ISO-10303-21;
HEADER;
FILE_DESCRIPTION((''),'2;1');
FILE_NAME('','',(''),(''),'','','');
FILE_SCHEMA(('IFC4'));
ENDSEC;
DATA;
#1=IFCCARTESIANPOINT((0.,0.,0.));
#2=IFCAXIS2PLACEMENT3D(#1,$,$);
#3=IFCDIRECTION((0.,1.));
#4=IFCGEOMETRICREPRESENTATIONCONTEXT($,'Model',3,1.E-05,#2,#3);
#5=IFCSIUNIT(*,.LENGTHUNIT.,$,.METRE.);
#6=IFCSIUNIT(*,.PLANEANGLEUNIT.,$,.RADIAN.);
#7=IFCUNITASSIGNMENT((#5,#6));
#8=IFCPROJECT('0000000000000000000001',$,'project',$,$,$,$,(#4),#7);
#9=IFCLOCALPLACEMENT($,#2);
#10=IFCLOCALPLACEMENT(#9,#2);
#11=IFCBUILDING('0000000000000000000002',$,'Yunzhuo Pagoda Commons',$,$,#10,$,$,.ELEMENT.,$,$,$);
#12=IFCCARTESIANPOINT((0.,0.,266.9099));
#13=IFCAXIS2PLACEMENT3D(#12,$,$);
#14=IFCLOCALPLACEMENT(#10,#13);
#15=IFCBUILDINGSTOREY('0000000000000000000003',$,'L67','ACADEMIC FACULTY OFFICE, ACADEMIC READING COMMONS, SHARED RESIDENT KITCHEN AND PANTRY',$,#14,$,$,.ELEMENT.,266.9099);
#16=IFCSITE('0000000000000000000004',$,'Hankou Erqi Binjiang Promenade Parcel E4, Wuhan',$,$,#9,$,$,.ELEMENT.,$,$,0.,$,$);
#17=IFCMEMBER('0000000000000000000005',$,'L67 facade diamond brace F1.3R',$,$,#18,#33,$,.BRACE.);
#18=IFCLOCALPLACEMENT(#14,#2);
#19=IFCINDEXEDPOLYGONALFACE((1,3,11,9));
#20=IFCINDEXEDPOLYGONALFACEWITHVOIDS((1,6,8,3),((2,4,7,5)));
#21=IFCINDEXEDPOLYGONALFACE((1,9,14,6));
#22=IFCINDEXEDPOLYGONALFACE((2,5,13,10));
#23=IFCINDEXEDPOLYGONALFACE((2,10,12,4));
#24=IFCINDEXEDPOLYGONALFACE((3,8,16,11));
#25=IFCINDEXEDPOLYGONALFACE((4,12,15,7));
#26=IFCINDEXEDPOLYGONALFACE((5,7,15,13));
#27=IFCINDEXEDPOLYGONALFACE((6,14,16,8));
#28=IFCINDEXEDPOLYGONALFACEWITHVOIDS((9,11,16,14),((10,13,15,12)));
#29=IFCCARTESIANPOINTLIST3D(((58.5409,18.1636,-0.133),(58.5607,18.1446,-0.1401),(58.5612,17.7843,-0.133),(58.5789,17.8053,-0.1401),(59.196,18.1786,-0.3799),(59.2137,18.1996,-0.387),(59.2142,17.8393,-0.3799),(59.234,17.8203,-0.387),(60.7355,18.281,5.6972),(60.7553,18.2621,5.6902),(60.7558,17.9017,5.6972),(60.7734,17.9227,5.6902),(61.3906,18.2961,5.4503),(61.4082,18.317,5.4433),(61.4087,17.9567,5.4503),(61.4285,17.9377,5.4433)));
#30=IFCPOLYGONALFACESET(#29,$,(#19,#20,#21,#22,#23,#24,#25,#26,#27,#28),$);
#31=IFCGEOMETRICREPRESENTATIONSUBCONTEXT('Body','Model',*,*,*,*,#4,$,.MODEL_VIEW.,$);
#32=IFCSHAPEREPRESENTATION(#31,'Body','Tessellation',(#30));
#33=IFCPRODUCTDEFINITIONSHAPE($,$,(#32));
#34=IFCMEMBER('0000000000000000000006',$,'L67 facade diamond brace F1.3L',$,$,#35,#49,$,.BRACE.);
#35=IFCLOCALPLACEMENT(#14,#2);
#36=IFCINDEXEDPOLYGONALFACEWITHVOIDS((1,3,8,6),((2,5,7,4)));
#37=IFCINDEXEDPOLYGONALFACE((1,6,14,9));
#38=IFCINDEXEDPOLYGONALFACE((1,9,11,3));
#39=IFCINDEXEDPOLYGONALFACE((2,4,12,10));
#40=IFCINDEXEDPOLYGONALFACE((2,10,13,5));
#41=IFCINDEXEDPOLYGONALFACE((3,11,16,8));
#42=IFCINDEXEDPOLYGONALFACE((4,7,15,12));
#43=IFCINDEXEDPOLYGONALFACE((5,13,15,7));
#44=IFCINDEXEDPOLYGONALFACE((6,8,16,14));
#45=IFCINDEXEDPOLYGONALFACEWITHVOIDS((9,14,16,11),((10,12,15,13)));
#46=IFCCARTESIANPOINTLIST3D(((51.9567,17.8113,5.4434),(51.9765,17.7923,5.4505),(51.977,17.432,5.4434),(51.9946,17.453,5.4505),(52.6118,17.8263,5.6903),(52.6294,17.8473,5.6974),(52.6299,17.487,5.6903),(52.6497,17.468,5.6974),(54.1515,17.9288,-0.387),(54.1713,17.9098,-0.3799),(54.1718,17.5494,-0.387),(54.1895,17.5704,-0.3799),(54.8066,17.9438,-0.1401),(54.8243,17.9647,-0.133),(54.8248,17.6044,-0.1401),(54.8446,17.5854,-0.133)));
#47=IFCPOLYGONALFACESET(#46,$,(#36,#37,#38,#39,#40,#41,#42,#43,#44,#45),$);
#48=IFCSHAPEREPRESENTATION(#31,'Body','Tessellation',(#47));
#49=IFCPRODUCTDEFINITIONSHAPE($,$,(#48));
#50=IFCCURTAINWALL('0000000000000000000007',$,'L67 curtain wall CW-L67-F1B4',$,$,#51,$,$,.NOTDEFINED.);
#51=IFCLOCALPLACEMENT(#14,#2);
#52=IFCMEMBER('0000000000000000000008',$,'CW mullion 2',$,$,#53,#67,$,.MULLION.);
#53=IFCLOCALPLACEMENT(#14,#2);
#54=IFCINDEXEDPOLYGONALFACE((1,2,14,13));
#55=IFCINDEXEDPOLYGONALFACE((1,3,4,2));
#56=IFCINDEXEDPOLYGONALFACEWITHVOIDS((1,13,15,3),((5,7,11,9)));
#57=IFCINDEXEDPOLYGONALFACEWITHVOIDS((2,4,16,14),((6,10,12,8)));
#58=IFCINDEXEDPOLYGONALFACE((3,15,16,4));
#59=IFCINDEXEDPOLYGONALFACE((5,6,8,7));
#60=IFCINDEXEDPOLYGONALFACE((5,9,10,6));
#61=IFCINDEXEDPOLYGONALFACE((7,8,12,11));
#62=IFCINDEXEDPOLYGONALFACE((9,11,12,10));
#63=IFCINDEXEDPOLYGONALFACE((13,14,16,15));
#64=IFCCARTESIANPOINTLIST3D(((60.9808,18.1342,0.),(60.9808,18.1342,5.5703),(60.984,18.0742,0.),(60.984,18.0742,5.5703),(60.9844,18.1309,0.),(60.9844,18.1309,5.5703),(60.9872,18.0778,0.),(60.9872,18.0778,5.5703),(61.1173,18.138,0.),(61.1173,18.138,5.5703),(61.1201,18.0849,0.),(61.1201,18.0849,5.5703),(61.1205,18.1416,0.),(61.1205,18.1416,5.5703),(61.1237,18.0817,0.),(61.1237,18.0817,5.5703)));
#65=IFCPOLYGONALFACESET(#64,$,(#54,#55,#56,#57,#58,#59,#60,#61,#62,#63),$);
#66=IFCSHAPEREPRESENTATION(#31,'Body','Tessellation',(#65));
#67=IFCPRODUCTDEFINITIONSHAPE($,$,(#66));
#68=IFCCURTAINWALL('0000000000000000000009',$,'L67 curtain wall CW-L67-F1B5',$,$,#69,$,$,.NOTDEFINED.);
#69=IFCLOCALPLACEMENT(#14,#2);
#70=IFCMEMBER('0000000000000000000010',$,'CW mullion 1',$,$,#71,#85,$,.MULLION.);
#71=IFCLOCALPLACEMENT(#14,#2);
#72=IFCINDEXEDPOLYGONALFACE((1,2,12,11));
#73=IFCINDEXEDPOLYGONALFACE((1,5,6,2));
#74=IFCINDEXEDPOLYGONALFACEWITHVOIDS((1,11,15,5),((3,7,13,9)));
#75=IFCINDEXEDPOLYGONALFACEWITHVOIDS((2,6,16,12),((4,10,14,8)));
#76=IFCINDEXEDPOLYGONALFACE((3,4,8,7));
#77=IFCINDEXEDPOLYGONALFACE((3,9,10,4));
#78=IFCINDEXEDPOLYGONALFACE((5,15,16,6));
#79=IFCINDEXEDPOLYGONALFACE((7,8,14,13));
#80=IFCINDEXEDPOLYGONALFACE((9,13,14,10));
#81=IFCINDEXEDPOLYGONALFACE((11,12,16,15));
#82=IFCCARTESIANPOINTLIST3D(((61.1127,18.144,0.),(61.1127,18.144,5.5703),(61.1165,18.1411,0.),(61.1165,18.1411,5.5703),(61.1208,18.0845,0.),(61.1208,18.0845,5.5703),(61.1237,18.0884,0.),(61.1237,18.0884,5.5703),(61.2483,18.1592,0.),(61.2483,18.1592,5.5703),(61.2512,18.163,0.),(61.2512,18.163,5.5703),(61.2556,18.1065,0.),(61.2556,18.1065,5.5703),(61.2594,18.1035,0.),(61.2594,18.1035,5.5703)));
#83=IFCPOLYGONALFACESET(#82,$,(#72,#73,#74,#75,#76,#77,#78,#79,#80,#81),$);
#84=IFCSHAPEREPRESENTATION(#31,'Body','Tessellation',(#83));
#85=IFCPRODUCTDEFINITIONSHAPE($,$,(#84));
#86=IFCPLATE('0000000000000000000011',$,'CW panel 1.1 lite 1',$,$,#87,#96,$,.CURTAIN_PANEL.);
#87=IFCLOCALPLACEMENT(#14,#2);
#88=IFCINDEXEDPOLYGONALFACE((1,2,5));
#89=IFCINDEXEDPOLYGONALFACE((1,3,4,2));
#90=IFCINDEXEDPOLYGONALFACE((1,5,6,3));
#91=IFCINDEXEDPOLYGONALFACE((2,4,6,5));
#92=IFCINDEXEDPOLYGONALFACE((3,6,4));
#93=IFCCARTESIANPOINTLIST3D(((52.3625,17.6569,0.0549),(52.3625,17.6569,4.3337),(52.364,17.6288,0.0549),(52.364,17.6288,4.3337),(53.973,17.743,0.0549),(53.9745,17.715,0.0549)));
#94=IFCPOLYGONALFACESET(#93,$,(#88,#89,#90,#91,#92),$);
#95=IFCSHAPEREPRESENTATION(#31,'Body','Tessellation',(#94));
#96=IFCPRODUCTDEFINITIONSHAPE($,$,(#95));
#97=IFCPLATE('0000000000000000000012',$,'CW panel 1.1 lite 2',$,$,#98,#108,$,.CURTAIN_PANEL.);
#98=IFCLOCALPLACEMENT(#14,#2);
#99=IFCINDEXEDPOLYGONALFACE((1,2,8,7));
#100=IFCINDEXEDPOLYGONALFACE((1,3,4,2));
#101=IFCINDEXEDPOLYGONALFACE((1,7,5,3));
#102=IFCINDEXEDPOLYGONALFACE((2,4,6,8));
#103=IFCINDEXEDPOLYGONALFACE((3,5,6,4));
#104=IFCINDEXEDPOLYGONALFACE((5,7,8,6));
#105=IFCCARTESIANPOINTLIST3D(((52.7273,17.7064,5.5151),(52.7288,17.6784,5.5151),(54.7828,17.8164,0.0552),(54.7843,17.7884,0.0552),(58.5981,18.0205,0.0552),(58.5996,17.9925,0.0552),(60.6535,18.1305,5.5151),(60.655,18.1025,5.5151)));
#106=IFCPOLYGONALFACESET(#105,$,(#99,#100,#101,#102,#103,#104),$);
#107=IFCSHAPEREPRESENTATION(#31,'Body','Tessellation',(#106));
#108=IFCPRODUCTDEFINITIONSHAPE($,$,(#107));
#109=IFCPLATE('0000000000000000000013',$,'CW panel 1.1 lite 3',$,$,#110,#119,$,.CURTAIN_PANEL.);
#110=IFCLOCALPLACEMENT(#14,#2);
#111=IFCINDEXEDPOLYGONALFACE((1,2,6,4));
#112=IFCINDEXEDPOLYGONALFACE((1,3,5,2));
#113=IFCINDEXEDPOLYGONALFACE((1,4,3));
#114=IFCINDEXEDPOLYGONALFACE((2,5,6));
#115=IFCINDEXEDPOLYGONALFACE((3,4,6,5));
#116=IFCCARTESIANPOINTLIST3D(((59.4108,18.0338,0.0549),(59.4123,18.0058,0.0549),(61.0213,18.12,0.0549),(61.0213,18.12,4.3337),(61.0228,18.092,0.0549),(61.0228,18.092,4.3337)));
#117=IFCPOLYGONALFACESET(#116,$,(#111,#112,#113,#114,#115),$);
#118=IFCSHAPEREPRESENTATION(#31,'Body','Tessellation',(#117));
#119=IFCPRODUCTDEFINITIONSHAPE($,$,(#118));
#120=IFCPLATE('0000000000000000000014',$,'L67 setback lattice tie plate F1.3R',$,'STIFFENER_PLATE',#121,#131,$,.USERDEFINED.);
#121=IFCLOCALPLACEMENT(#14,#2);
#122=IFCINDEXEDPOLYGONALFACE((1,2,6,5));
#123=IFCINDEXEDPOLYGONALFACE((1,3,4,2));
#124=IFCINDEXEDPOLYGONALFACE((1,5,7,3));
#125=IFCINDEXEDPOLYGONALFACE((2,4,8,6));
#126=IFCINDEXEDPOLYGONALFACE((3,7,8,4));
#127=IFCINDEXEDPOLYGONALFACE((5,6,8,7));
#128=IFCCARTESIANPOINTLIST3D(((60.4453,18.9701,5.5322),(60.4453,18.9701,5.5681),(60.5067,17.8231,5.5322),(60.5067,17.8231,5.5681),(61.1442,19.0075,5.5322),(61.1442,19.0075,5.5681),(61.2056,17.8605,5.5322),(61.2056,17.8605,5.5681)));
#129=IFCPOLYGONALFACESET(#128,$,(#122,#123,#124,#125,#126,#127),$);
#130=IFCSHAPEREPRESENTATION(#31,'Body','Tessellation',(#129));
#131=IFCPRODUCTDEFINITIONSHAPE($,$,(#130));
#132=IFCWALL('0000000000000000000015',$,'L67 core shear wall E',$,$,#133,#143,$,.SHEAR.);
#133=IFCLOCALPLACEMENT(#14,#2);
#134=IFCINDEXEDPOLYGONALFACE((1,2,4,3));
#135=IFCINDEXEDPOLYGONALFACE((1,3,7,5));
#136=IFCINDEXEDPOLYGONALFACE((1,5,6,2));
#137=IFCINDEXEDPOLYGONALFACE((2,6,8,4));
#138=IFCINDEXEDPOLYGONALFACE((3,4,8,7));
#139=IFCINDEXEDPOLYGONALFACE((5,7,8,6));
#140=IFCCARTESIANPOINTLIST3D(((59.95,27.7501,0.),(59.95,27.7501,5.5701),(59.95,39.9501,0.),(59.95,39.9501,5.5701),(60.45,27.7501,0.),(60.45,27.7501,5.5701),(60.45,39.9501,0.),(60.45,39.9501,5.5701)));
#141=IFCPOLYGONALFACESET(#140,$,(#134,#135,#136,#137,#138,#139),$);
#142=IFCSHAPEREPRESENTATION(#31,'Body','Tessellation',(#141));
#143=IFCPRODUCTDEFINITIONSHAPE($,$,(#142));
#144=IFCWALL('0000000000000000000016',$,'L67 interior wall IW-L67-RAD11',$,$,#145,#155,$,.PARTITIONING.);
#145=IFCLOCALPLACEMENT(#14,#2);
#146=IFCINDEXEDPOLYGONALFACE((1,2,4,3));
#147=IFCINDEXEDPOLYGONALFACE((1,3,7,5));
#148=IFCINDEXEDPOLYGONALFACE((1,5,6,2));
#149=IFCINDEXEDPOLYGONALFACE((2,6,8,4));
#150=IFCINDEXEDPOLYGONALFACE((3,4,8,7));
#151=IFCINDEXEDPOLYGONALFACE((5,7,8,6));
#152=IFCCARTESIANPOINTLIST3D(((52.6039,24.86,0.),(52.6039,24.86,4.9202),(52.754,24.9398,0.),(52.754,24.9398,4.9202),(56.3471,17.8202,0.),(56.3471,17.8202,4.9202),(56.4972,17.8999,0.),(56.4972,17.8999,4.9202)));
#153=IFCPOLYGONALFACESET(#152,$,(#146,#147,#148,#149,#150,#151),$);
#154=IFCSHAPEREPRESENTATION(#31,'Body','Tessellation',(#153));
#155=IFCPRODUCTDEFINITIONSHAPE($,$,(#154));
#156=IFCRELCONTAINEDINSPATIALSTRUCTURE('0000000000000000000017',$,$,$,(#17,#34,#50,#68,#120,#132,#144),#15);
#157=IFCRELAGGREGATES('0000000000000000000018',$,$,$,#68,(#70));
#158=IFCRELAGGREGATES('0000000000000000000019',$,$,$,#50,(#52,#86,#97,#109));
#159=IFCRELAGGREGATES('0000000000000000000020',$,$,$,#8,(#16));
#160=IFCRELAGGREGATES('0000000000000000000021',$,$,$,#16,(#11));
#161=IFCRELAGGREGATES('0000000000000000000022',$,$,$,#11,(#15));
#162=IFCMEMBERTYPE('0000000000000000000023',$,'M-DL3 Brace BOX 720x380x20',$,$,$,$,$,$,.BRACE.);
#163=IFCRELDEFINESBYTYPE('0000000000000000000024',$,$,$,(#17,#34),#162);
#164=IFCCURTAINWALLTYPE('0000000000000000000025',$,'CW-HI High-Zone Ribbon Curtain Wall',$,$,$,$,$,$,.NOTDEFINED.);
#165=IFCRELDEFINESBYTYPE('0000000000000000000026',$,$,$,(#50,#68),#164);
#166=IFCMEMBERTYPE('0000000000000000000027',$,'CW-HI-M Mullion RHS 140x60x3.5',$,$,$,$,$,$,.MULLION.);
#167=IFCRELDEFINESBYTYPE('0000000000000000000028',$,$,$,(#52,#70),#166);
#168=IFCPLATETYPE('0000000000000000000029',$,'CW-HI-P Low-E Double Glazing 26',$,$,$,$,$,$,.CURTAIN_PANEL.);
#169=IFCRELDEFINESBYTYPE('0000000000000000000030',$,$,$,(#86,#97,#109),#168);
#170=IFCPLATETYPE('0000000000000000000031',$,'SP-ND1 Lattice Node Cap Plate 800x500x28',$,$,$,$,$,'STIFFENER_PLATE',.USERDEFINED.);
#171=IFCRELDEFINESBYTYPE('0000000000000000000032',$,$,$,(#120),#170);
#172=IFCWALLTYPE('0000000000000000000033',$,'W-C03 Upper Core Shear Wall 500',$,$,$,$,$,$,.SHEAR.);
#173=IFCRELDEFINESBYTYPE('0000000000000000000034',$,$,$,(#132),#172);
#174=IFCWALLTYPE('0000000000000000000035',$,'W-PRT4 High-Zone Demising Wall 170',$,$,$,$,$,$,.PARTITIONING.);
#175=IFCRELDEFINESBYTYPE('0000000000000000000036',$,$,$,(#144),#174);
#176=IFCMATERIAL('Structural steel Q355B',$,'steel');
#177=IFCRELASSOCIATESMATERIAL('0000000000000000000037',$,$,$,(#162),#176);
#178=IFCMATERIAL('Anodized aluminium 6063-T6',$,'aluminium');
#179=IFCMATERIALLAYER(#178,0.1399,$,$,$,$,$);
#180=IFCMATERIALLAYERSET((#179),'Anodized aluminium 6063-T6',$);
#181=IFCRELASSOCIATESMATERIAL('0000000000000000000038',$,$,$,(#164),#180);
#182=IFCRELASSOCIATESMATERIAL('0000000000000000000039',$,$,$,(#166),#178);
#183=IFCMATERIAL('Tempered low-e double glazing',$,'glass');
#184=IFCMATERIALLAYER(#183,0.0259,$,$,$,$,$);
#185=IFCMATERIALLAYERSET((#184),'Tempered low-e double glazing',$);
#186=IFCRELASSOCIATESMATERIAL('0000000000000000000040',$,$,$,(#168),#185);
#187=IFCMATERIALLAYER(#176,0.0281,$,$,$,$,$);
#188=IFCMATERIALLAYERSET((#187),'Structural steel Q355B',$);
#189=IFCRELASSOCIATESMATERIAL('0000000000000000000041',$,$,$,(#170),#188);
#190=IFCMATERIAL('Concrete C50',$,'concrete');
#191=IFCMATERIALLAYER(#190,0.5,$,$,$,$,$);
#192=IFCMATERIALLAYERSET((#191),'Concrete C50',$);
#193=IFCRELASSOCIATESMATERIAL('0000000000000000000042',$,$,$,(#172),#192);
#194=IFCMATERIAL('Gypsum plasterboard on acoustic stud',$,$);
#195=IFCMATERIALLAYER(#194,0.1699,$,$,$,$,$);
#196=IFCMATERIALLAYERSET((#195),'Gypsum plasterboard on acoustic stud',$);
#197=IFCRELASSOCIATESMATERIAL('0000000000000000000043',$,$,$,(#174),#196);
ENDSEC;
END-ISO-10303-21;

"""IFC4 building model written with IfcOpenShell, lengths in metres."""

from ifc_helpers import new_model, si_unit, direction, frame, frame_2d, origin, origin_2d, place, context, subcontext, project, spatial, polyline, rectangle, hollow_rectangle, outline, extrude, source, transform, mapped, material, layer, layer_set, material_profile, profile_set, type_object, element, aggregate, save


model = new_model("IFC4")

# Units and contexts
model_context = context("Model", 3, precision=1e-05, world=origin(), true_north=direction((0.0, 1.0)))
body_context = subcontext(model_context, "Body", "Model", "MODEL_VIEW")
ifc_project = project(units=[si_unit("LENGTHUNIT", "METRE"), si_unit("PLANEANGLEUNIT", "RADIAN")], contexts=[model_context])

# Site, building, storey
site_placement = place(None, origin())
site = spatial("IfcSite", under=ifc_project, at=site_placement, Name="Hankou Erqi Binjiang Promenade Parcel E4, Wuhan", CompositionType="ELEMENT", RefElevation=0.0)
building_placement = place(site_placement, origin())
building = spatial("IfcBuilding", under=site, at=building_placement, Name="Yunzhuo Pagoda Commons", CompositionType="ELEMENT")
storey_placement = place(building_placement, frame((0.0, 0.0, 266.9099)))
storey = spatial("IfcBuildingStorey", under=building, at=storey_placement, Name="L67", Description="ACADEMIC FACULTY OFFICE, ACADEMIC READING COMMONS, SHARED RESIDENT KITCHEN AND PANTRY", CompositionType="ELEMENT", Elevation=266.9099)

# Shared definitions
ifc_material_1 = material(Name="Structural steel Q355B", Category="steel")

# Members
ifc_material_profile_1 = material_profile(ifc_material_1, hollow_rectangle(XDim=0.3799, YDim=0.72, WallThickness=0.02, at=origin_2d()), Name="Structural steel Q355B")
ifc_profile_set_1 = profile_set([ifc_material_profile_1], Name="Structural steel Q355B")
member_type_1 = type_object("IfcMemberType", Name="M-DL3 Brace BOX 720x380x20", PredefinedType="BRACE", material=ifc_profile_set_1)
shared_shape_1 = source(origin(), body_context, "Body", "SweptSolid", [
    extrude(hollow_rectangle(XDim=0.3799, YDim=0.72, WallThickness=0.02, at=origin_2d()), origin(), (0.0, 0.0, 1.0), 6.2307),
])
member_1_placement = place(storey_placement, frame((58.8875, 17.9919, -0.26), z_axis=(0.352216, 0.018847, 0.935729), x_axis=(-0.053433, 0.998571, 0.0)))
element("IfcMember", 1, at=member_1_placement, inside=storey, type_object=member_type_1, Name="L67 facade diamond brace F1.3R", PredefinedType="BRACE", context=body_context, shape_type="MappedRepresentation", body=[
    mapped(shared_shape_1, transform((0.0, 0.0, 0.0), scale=1.0)),
])
shared_shape_2 = source(origin(), body_context, "Body", "SweptSolid", [
    extrude(hollow_rectangle(XDim=0.3799, YDim=0.72, WallThickness=0.02, at=origin_2d()), origin(), (0.0, 0.0, 1.0), 6.231),
])
member_2_placement = place(storey_placement, frame((54.498, 17.7571, -0.26), z_axis=(-0.35225, -0.018847, 0.935716), x_axis=(0.053427, -0.998572, 0.0)))
element("IfcMember", 2, at=member_2_placement, inside=storey, type_object=member_type_1, Name="L67 facade diamond brace F1.3L", PredefinedType="BRACE", context=body_context, shape_type="MappedRepresentation", body=[
    mapped(shared_shape_2, transform((0.0, 0.0, 0.0), scale=1.0)),
])

# Curtain walls, members
ifc_material_2 = material(Name="Anodized aluminium 6063-T6", Category="aluminium")
ifc_layer_1 = layer(ifc_material_2, 0.1399)
ifc_layer_set_1 = layer_set([ifc_layer_1], Name="Anodized aluminium 6063-T6")
curtain_wall_type = type_object("IfcCurtainWallType", Name="CW-HI High-Zone Ribbon Curtain Wall", PredefinedType="NOTDEFINED", material=ifc_layer_set_1)
curtain_wall_1_placement = place(storey_placement, origin())
curtain_wall_1 = element("IfcCurtainWall", 3, at=curtain_wall_1_placement, inside=storey, type_object=curtain_wall_type, Name="L67 curtain wall CW-L67-F1B4", PredefinedType="NOTDEFINED")
ifc_material_profile_2 = material_profile(ifc_material_2, hollow_rectangle(XDim=0.0601, YDim=0.1399, WallThickness=0.0034, at=origin_2d()), Name="Anodized aluminium 6063-T6")
ifc_profile_set_2 = profile_set([ifc_material_profile_2], Name="Anodized aluminium 6063-T6")
member_type_2 = type_object("IfcMemberType", Name="CW-HI-M Mullion RHS 140x60x3.5", PredefinedType="MULLION", material=ifc_profile_set_2)
shared_shape_3 = source(origin(), body_context, "Body", "SweptSolid", [
    extrude(hollow_rectangle(XDim=0.0601, YDim=0.1399, WallThickness=0.0034, at=origin_2d()), origin(), (0.0, 0.0, 1.0), 5.5703),
])
member_3_placement = place(storey_placement, frame((61.0522, 18.1079, 0.0), z_axis=(0.0, 0.0, 1.0), x_axis=(-0.053427, 0.998572, 0.0)))
member_3 = element("IfcMember", 4, at=member_3_placement, type_object=member_type_2, Name="CW mullion 2", PredefinedType="MULLION", context=body_context, shape_type="MappedRepresentation", body=[
    mapped(shared_shape_3, transform((0.0, 0.0, 0.0), scale=1.0)),
])
curtain_wall_2_placement = place(storey_placement, origin())
curtain_wall_2 = element("IfcCurtainWall", 5, at=curtain_wall_2_placement, inside=storey, type_object=curtain_wall_type, Name="L67 curtain wall CW-L67-F1B5", PredefinedType="NOTDEFINED")
member_4_placement = place(storey_placement, frame((61.186, 18.1238, 0.0), z_axis=(0.0, 0.0, 1.0), x_axis=(-0.136099, 0.990695, 0.0)))
member_4 = element("IfcMember", 6, at=member_4_placement, type_object=member_type_2, Name="CW mullion 1", PredefinedType="MULLION", context=body_context, shape_type="MappedRepresentation", body=[
    mapped(shared_shape_3, transform((0.0, 0.0, 0.0), scale=1.0)),
])
aggregate(curtain_wall_2, [member_4])

# Plates
ifc_material_3 = material(Name="Tempered low-e double glazing", Category="glass")
ifc_layer_2 = layer(ifc_material_3, 0.0259)
ifc_layer_set_2 = layer_set([ifc_layer_2], Name="Tempered low-e double glazing")
plate_type_1 = type_object("IfcPlateType", Name="CW-HI-P Low-E Double Glazing 26", PredefinedType="CURTAIN_PANEL", material=ifc_layer_set_2)
plate_1_placement = place(storey_placement, frame((53.1677, 17.7, 2.1943), z_axis=(0.053427, -0.998572, 0.0), x_axis=(0.998572, 0.053427, 0.0)))
plate_1 = element("IfcPlate", 7, at=plate_1_placement, type_object=plate_type_1, Name="CW panel 1.1 lite 1", PredefinedType="CURTAIN_PANEL", context=body_context, shape_type="SweptSolid", body=[
    extrude(outline(polyline([(-0.8064, -2.1394), (0.8064, -2.1394), (-0.8064, 2.1394), (-0.8064, -2.1394)])), origin(), (0.0, 0.0, 1.0), 0.0281),
])
plate_2_placement = place(storey_placement, frame((56.6904, 17.9185, 2.7852), z_axis=(0.053427, -0.998572, 0.0), x_axis=(0.998572, 0.053427, 0.0)))
plate_2 = element("IfcPlate", 8, at=plate_2_placement, type_object=plate_type_1, Name="CW panel 1.1 lite 2", PredefinedType="CURTAIN_PANEL", context=body_context, shape_type="SweptSolid", body=[
    extrude(outline(polyline([(-3.9688, 2.73), (-1.9104, -2.73), (1.9104, -2.73), (3.9688, 2.73), (-3.9688, 2.73)])), origin(), (0.0, 0.0, 1.0), 0.0281),
])
plate_3_placement = place(storey_placement, frame((60.2161, 18.0769, 2.1943), z_axis=(0.053427, -0.998572, 0.0), x_axis=(0.998572, 0.053427, 0.0)))
plate_3 = element("IfcPlate", 9, at=plate_3_placement, type_object=plate_type_1, Name="CW panel 1.1 lite 3", PredefinedType="CURTAIN_PANEL", context=body_context, shape_type="SweptSolid", body=[
    extrude(outline(polyline([(-0.8064, -2.1394), (0.8064, -2.1394), (0.8064, 2.1394), (-0.8064, -2.1394)])), origin(), (0.0, 0.0, 1.0), 0.0281),
])
aggregate(curtain_wall_1, [member_3, plate_1, plate_2, plate_3])
ifc_layer_3 = layer(ifc_material_1, 0.0281)
ifc_layer_set_3 = layer_set([ifc_layer_3], Name="Structural steel Q355B")
plate_type_2 = type_object("IfcPlateType", Name="SP-ND1 Lattice Node Cap Plate 800x500x28", ElementType="STIFFENER_PLATE", PredefinedType="USERDEFINED", material=ifc_layer_set_3)
shared_shape_4 = source(origin(), body_context, "Body", "SweptSolid", [
    extrude(rectangle(XDim=0.7, YDim=1.1487, at=origin_2d()), origin(), (0.0, 0.0, 1.0), 0.0359),
])
plate_4_placement = place(storey_placement, frame((60.8254, 18.4153, 5.5322), z_axis=(0.0, 0.0, 1.0), x_axis=(0.998571, 0.053434, 0.0)))
element("IfcPlate", 10, at=plate_4_placement, inside=storey, type_object=plate_type_2, Name="L67 setback lattice tie plate F1.3R", ObjectType="STIFFENER_PLATE", PredefinedType="USERDEFINED", context=body_context, shape_type="MappedRepresentation", body=[
    mapped(shared_shape_4, transform((0.0, 0.0, 0.0), scale=1.0)),
])

# Wall
ifc_material_4 = material(Name="Concrete C50", Category="concrete")
ifc_layer_4 = layer(ifc_material_4, 0.5)
ifc_layer_set_4 = layer_set([ifc_layer_4], Name="Concrete C50")
wall_type_1 = type_object("IfcWallType", Name="W-C03 Upper Core Shear Wall 500", PredefinedType="SHEAR", material=ifc_layer_set_4)
wall_1_placement = place(storey_placement, frame((60.2, 27.75, 0.0), z_axis=(0.0, 0.0, 1.0), x_axis=(0.0, 1.0, 0.0)))
element("IfcWall", 11, at=wall_1_placement, inside=storey, type_object=wall_type_1, Name="L67 core shear wall E", PredefinedType="SHEAR", context=body_context, shape_type="SweptSolid", body=[
    extrude(rectangle(XDim=12.2, YDim=0.5, at=frame_2d((6.1001, 0.0))), origin(), (0.0, 0.0, 1.0), 5.5701),
])

# Shared definitions
ifc_material_5 = material(Name="Gypsum plasterboard on acoustic stud")

# Wall
ifc_layer_5 = layer(ifc_material_5, 0.1699)
ifc_layer_set_5 = layer_set([ifc_layer_5], Name="Gypsum plasterboard on acoustic stud")
wall_type_2 = type_object("IfcWallType", Name="W-PRT4 High-Zone Demising Wall 170", PredefinedType="PARTITIONING", material=ifc_layer_set_5)
wall_2_placement = place(storey_placement, frame((52.679, 24.8999, 0.0), z_axis=(0.0, 0.0, 1.0), x_axis=(0.469475, -0.882946, 0.0)))
element("IfcWall", 12, at=wall_2_placement, inside=storey, type_object=wall_type_2, Name="L67 interior wall IW-L67-RAD11", PredefinedType="PARTITIONING", context=body_context, shape_type="SweptSolid", body=[
    extrude(rectangle(XDim=7.9731, YDim=0.1699, at=frame_2d((3.9866, 0.0))), origin(), (0.0, 0.0, 1.0), 4.9202),
])

save(model, "model.ifc")
